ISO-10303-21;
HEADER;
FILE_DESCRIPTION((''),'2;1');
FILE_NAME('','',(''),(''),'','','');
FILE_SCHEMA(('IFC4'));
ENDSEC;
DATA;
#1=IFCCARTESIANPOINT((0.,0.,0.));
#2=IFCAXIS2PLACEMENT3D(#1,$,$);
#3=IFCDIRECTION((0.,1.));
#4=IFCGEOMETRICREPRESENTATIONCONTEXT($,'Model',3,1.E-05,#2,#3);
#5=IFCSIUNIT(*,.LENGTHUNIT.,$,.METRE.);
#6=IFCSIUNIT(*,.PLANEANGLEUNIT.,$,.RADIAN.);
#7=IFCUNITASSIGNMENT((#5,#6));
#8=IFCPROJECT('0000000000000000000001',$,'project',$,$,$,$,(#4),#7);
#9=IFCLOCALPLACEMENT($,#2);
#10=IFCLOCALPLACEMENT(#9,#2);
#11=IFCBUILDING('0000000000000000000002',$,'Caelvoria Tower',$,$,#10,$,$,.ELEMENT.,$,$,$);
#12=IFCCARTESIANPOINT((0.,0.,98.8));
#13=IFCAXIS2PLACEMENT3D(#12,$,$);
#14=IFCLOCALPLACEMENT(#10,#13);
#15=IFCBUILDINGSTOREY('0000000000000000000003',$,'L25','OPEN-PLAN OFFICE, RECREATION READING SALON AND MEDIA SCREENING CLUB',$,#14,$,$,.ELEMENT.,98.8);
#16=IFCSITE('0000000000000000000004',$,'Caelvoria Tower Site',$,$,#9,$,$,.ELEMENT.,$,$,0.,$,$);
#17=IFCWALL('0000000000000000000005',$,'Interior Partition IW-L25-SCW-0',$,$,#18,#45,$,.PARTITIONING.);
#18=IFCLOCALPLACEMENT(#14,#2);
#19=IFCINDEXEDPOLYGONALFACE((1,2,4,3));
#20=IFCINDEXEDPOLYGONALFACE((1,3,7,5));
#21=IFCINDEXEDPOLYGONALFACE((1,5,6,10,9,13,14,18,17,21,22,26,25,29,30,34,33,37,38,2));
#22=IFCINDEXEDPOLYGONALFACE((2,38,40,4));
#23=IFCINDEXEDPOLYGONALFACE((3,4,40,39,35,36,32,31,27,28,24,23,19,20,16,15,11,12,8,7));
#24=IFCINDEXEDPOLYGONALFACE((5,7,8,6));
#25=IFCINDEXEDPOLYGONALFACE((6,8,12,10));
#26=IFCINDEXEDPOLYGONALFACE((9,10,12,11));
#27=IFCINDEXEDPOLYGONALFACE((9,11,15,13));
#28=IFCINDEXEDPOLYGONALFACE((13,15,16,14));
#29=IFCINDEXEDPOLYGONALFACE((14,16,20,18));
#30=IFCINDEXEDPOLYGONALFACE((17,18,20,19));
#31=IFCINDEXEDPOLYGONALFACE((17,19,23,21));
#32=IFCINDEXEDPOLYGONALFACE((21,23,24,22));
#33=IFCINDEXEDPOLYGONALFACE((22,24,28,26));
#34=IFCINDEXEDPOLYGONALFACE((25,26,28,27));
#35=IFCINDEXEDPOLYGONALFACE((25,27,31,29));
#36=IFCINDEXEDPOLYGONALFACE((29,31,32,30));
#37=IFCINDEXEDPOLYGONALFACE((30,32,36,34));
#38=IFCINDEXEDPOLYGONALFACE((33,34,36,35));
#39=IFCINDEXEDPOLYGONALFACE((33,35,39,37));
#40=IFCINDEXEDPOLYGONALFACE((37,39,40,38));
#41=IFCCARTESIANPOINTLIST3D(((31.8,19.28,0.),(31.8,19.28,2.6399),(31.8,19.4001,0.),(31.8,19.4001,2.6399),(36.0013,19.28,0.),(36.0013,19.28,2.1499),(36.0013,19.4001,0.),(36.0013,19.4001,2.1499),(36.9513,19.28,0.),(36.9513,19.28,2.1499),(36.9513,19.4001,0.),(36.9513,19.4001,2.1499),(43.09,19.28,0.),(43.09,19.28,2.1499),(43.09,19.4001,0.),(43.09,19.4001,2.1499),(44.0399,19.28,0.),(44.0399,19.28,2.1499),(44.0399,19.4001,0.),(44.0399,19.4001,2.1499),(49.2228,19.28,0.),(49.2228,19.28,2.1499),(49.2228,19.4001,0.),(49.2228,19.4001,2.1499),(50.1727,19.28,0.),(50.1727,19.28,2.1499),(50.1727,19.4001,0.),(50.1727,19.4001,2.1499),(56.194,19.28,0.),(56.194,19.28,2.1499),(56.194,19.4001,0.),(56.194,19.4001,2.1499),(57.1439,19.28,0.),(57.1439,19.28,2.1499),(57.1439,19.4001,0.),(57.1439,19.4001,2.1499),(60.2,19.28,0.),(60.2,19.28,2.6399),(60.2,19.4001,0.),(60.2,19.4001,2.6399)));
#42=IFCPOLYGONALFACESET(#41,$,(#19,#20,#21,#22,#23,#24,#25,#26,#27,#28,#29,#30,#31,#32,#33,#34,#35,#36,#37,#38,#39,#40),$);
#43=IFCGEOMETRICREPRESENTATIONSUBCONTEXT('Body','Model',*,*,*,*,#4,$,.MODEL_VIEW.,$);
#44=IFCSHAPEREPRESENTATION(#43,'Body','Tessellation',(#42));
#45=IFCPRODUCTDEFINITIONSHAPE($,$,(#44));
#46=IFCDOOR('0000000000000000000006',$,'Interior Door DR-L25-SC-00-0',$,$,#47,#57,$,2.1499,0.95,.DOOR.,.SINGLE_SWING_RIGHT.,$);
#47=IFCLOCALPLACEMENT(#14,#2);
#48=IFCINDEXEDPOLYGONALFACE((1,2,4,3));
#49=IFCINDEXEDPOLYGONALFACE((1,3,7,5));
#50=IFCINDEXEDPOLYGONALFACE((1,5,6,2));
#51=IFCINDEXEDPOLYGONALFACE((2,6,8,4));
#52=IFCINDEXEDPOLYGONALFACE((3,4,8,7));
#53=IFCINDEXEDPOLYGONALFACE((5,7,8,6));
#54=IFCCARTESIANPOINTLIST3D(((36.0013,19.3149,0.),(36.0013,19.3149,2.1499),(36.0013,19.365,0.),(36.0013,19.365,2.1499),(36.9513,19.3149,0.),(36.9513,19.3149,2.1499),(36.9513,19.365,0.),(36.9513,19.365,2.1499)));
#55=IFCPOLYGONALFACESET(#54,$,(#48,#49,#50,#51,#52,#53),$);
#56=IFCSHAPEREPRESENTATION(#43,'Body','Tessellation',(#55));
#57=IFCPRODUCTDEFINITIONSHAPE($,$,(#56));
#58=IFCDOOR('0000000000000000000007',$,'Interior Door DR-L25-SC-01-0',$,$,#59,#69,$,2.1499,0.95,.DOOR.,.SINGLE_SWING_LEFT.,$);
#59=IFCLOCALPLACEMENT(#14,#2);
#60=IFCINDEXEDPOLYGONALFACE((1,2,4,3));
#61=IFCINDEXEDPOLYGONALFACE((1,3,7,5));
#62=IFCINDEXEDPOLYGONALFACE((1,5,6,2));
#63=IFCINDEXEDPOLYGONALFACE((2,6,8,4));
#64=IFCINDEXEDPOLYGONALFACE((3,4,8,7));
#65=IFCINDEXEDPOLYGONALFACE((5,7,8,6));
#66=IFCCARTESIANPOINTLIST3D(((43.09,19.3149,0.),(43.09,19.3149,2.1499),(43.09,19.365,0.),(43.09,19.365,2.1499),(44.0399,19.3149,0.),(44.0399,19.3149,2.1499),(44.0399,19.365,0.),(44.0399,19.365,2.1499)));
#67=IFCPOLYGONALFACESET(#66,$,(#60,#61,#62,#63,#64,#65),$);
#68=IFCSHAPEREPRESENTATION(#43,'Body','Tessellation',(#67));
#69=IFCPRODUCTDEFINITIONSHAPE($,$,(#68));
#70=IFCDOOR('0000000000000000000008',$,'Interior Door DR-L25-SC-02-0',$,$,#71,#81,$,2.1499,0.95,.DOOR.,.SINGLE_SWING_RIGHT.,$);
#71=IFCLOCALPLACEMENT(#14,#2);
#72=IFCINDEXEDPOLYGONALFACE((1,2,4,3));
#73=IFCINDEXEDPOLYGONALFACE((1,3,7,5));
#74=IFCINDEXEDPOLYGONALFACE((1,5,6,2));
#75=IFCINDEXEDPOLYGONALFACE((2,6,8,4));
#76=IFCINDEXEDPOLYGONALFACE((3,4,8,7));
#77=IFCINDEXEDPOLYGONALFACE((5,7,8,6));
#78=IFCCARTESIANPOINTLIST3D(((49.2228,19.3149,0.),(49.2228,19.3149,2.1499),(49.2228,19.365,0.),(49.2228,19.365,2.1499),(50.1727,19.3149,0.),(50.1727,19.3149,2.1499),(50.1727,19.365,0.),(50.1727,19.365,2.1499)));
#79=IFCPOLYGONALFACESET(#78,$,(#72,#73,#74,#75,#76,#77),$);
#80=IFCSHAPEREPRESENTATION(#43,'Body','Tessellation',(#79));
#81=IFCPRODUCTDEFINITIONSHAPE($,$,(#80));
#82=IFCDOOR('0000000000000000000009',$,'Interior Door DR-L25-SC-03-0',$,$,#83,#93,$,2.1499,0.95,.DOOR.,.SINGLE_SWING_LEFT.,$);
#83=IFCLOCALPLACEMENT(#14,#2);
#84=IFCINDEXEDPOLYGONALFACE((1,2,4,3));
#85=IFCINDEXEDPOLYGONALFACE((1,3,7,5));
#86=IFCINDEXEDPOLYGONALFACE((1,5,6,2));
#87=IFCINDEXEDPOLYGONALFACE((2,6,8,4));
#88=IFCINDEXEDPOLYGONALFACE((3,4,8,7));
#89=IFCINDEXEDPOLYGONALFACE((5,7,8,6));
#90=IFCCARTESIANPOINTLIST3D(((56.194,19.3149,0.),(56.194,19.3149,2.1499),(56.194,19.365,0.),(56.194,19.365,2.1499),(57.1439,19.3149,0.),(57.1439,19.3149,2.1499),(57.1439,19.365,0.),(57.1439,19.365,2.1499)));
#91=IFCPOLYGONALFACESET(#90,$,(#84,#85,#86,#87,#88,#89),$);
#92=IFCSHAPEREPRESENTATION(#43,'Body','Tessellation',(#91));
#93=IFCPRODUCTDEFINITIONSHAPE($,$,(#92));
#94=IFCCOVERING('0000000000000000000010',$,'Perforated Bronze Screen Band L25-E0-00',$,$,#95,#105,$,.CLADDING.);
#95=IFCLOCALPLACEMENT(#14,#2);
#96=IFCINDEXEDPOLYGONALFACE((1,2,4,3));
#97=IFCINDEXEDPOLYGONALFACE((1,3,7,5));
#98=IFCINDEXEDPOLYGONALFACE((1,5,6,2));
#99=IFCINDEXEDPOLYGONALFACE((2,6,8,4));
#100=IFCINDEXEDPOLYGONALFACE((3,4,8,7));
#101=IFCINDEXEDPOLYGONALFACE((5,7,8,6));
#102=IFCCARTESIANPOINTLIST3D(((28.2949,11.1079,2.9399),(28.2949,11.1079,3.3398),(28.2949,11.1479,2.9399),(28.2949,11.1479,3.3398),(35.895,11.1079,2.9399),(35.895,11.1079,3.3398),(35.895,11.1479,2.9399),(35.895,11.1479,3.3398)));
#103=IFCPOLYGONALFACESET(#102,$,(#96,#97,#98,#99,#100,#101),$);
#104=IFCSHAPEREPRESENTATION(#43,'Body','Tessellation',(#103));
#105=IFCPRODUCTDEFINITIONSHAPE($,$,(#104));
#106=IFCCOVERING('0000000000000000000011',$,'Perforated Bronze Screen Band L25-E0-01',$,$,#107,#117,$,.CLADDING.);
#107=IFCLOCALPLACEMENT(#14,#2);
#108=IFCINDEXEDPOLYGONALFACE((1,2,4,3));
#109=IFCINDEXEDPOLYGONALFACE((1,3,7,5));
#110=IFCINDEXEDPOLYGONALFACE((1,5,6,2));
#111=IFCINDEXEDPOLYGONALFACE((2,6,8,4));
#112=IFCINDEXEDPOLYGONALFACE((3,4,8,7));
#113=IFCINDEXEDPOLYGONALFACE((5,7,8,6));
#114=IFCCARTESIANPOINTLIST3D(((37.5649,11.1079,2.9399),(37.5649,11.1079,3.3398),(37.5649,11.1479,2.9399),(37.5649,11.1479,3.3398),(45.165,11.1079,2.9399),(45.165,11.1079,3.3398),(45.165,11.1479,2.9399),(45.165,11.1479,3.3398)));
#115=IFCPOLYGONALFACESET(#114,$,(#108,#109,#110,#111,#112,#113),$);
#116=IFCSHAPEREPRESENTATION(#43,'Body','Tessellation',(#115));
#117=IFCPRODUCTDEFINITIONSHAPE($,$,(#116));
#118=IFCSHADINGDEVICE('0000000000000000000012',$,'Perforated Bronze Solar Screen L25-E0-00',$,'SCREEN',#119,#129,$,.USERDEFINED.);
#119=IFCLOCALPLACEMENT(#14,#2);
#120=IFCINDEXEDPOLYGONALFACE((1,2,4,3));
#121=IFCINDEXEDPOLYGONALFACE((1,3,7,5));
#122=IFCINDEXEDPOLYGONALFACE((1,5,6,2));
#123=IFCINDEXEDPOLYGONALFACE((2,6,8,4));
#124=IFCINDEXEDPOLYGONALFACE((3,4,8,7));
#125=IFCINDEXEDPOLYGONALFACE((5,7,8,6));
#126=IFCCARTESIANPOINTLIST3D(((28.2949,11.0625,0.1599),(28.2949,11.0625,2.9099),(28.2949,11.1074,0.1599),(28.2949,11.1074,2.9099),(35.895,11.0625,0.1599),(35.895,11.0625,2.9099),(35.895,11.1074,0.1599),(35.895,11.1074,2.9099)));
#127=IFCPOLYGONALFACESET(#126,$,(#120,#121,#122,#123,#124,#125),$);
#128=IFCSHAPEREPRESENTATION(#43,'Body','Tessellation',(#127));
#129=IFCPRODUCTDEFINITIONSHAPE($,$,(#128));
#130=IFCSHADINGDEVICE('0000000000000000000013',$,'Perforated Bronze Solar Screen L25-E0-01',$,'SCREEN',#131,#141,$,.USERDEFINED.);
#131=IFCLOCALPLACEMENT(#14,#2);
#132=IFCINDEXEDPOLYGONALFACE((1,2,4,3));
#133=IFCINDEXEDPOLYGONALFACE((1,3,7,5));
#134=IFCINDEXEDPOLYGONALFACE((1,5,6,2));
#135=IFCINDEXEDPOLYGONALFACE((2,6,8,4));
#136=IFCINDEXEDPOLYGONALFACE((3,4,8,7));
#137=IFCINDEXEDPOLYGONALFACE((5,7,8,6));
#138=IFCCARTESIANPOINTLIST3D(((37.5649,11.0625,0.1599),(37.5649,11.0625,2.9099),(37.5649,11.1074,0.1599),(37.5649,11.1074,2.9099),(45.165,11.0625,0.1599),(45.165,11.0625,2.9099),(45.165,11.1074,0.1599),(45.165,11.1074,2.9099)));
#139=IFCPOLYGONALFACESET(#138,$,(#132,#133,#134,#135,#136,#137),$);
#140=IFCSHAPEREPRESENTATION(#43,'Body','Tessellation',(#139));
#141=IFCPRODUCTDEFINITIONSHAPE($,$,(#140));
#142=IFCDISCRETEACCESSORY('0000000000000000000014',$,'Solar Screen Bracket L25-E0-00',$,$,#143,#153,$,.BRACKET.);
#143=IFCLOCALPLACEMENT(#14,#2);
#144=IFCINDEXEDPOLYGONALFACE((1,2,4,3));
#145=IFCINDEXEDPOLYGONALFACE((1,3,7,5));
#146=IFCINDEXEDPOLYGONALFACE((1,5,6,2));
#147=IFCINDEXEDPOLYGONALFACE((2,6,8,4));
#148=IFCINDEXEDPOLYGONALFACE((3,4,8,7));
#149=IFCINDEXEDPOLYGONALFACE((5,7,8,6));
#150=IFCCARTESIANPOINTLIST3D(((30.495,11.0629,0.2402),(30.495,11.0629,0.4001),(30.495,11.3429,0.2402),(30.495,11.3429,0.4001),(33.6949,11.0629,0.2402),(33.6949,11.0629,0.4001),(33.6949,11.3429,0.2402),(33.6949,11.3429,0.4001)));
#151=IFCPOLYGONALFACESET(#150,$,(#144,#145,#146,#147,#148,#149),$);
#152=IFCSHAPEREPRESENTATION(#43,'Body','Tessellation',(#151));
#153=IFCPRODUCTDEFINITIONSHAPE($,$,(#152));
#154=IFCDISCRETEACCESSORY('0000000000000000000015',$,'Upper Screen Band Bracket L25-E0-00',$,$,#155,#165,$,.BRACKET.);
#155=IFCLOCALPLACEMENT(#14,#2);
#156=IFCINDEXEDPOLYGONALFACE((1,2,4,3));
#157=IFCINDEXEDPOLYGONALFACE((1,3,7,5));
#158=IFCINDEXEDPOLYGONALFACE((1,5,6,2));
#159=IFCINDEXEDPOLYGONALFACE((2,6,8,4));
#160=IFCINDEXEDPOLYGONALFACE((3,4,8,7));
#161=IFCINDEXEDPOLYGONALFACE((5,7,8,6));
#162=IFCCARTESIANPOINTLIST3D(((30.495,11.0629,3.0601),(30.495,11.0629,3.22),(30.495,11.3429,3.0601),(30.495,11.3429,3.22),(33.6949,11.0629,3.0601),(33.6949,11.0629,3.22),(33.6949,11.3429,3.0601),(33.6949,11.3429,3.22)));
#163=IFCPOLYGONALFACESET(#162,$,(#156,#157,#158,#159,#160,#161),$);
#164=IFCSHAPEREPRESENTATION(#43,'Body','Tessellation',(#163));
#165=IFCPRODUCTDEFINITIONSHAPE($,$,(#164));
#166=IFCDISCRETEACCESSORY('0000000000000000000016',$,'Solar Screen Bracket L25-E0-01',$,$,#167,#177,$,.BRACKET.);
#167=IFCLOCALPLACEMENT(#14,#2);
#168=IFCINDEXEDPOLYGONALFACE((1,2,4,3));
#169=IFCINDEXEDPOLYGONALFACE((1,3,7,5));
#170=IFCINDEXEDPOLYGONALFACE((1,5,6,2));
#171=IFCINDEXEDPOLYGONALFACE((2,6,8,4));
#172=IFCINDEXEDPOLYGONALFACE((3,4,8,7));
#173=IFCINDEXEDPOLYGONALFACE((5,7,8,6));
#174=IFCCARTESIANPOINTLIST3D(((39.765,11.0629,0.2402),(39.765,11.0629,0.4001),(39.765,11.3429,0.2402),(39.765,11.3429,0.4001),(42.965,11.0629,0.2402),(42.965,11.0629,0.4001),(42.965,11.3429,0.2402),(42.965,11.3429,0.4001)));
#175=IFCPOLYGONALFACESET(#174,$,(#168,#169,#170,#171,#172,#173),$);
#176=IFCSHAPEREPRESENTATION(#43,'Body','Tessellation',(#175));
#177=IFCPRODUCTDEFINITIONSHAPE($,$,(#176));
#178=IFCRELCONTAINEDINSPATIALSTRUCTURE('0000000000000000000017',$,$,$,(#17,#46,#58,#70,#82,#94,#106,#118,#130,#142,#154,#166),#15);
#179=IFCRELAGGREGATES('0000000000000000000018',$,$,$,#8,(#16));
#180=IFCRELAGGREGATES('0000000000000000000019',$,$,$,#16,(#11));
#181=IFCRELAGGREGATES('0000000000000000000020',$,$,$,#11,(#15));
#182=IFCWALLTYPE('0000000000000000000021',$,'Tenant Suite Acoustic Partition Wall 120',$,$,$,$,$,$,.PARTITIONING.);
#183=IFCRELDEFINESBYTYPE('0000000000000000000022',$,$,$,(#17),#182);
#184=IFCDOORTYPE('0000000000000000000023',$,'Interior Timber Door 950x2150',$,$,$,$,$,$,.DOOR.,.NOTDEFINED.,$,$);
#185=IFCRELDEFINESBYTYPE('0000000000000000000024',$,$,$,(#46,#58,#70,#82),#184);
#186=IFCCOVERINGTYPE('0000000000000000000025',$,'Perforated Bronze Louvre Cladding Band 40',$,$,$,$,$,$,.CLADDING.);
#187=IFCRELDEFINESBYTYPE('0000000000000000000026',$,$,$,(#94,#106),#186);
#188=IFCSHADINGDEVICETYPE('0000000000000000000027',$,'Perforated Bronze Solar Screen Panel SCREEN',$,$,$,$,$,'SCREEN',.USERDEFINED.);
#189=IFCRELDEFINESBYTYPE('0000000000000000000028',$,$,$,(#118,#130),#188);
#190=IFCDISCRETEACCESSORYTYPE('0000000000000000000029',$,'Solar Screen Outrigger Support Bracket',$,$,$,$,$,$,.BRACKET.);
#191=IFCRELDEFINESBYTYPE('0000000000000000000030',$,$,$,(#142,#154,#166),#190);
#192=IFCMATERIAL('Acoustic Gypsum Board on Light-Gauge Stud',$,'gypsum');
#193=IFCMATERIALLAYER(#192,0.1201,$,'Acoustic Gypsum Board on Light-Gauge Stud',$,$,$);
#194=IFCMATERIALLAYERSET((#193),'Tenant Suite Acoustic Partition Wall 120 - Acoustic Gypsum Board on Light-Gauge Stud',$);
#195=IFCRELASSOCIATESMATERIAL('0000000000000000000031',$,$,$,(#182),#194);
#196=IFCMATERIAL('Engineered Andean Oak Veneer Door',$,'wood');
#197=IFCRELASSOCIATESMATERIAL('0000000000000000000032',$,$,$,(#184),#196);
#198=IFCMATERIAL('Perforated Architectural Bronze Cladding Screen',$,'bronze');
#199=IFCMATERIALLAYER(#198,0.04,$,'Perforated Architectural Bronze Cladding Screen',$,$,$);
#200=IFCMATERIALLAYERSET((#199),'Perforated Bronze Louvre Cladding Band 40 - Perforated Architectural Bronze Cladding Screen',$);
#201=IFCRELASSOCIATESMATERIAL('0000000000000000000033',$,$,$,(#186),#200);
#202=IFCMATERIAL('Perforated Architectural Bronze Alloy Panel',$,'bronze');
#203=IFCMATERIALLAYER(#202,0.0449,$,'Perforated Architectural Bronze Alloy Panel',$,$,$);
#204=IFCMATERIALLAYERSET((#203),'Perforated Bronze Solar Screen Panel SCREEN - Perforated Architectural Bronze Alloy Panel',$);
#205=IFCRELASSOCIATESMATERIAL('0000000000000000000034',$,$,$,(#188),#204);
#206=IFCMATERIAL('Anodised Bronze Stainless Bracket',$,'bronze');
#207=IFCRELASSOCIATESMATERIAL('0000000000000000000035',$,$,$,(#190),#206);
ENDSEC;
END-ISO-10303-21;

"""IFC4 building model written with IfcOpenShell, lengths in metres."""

from ifc_helpers import new_model, si_unit, direction, frame, frame_2d, origin, origin_2d, place, context, subcontext, project, spatial, rectangle, extrude, material, layer, layer_set, type_object, element, fill, save


model = new_model("IFC4")

# Units and contexts
model_context = context("Model", 3, precision=1e-05, world=origin(), true_north=direction((0.0, 1.0)))
body_context = subcontext(model_context, "Body", "Model", "MODEL_VIEW")
ifc_project = project(units=[si_unit("LENGTHUNIT", "METRE"), si_unit("PLANEANGLEUNIT", "RADIAN")], contexts=[model_context])

# Site, building, storey
site_placement = place(None, origin())
site = spatial("IfcSite", under=ifc_project, at=site_placement, Name="Caelvoria Tower Site", CompositionType="ELEMENT", RefElevation=0.0)
building_placement = place(site_placement, origin())
building = spatial("IfcBuilding", under=site, at=building_placement, Name="Caelvoria Tower", CompositionType="ELEMENT")
storey_placement = place(building_placement, frame((0.0, 0.0, 98.8)))
storey = spatial("IfcBuildingStorey", under=building, at=storey_placement, Name="L25", Description="OPEN-PLAN OFFICE, RECREATION READING SALON AND MEDIA SCREENING CLUB", CompositionType="ELEMENT", Elevation=98.8)

# Wall, openings, doors
ifc_material_1 = material(Name="Acoustic Gypsum Board on Light-Gauge Stud", Category="gypsum")
ifc_layer_1 = layer(ifc_material_1, 0.1201, Name="Acoustic Gypsum Board on Light-Gauge Stud")
ifc_layer_set_1 = layer_set([ifc_layer_1], Name="Tenant Suite Acoustic Partition Wall 120 - Acoustic Gypsum Board on Light-Gauge Stud")
wall_type = type_object("IfcWallType", Name="Tenant Suite Acoustic Partition Wall 120", PredefinedType="PARTITIONING", material=ifc_layer_set_1)
wall_placement = place(storey_placement, frame((31.8, 19.3401, 0.0), z_axis=(0.0, 0.0, 1.0), x_axis=(1.0, 0.0, 0.0)))
wall = element("IfcWall", 1, at=wall_placement, inside=storey, type_object=wall_type, Name="Interior Partition IW-L25-SCW-0", PredefinedType="PARTITIONING", context=body_context, shape_type="SweptSolid", body=[
    extrude(rectangle(XDim=28.3999, YDim=0.1201, at=frame_2d((14.2, 0.0))), origin(), (0.0, 0.0, 1.0), 2.6399),
])
opening_1_placement = place(wall_placement, frame((4.2012, 0.0, 0.0)))
opening_1 = element("IfcOpeningElement", 2, at=opening_1_placement, cuts=wall, PredefinedType="OPENING", context=body_context, shape_type="SweptSolid", body=[
    extrude(rectangle(XDim=0.95, YDim=2.1499, at=frame_2d((0.4751, 1.075))), frame((0.0, 0.0701, 0.0), z_axis=(0.0, -1.0, 0.0), x_axis=(1.0, 0.0, 0.0)), (0.0, 0.0, 1.0), 0.1401),
])
opening_2_placement = place(wall_placement, frame((11.2898, 0.0, 0.0)))
opening_2 = element("IfcOpeningElement", 3, at=opening_2_placement, cuts=wall, PredefinedType="OPENING", context=body_context, shape_type="SweptSolid", body=[
    extrude(rectangle(XDim=0.95, YDim=2.1499, at=frame_2d((0.4751, 1.075))), frame((0.0, 0.0701, 0.0), z_axis=(0.0, -1.0, 0.0), x_axis=(1.0, 0.0, 0.0)), (0.0, 0.0, 1.0), 0.1401),
])
opening_3_placement = place(wall_placement, frame((17.4226, 0.0, 0.0)))
opening_3 = element("IfcOpeningElement", 4, at=opening_3_placement, cuts=wall, PredefinedType="OPENING", context=body_context, shape_type="SweptSolid", body=[
    extrude(rectangle(XDim=0.95, YDim=2.1499, at=frame_2d((0.4751, 1.075))), frame((0.0, 0.0701, 0.0), z_axis=(0.0, -1.0, 0.0), x_axis=(1.0, 0.0, 0.0)), (0.0, 0.0, 1.0), 0.1401),
])
opening_4_placement = place(wall_placement, frame((24.3938, 0.0, 0.0)))
opening_4 = element("IfcOpeningElement", 5, at=opening_4_placement, cuts=wall, PredefinedType="OPENING", context=body_context, shape_type="SweptSolid", body=[
    extrude(rectangle(XDim=0.95, YDim=2.1499, at=frame_2d((0.4751, 1.075))), frame((0.0, 0.0701, 0.0), z_axis=(0.0, -1.0, 0.0), x_axis=(1.0, 0.0, 0.0)), (0.0, 0.0, 1.0), 0.1401),
])
ifc_material_2 = material(Name="Engineered Andean Oak Veneer Door", Category="wood")
door_type = type_object("IfcDoorType", Name="Interior Timber Door 950x2150", OperationType="NOTDEFINED", PredefinedType="DOOR", material=ifc_material_2)
door_1_placement = place(opening_1_placement, origin())
door_1 = element("IfcDoor", 6, at=door_1_placement, inside=storey, type_object=door_type, Name="Interior Door DR-L25-SC-00-0", OperationType="SINGLE_SWING_RIGHT", OverallHeight=2.1499, OverallWidth=0.95, PredefinedType="DOOR", context=body_context, shape_type="SweptSolid", body=[
    extrude(rectangle(XDim=0.95, YDim=2.1499, at=frame_2d((0.4751, 1.075))), frame((0.0, 0.0249, 0.0), z_axis=(0.0, -1.0, 0.0), x_axis=(1.0, 0.0, 0.0)), (0.0, 0.0, 1.0), 0.05),
])
fill(opening_1, door_1)
door_2_placement = place(opening_2_placement, origin())
door_2 = element("IfcDoor", 7, at=door_2_placement, inside=storey, type_object=door_type, Name="Interior Door DR-L25-SC-01-0", OperationType="SINGLE_SWING_LEFT", OverallHeight=2.1499, OverallWidth=0.95, PredefinedType="DOOR", context=body_context, shape_type="SweptSolid", body=[
    extrude(rectangle(XDim=0.95, YDim=2.1499, at=frame_2d((0.4751, 1.075))), frame((0.0, 0.0249, 0.0), z_axis=(0.0, -1.0, 0.0), x_axis=(1.0, 0.0, 0.0)), (0.0, 0.0, 1.0), 0.05),
])
fill(opening_2, door_2)
door_3_placement = place(opening_3_placement, origin())
door_3 = element("IfcDoor", 8, at=door_3_placement, inside=storey, type_object=door_type, Name="Interior Door DR-L25-SC-02-0", OperationType="SINGLE_SWING_RIGHT", OverallHeight=2.1499, OverallWidth=0.95, PredefinedType="DOOR", context=body_context, shape_type="SweptSolid", body=[
    extrude(rectangle(XDim=0.95, YDim=2.1499, at=frame_2d((0.4751, 1.075))), frame((0.0, 0.0249, 0.0), z_axis=(0.0, -1.0, 0.0), x_axis=(1.0, 0.0, 0.0)), (0.0, 0.0, 1.0), 0.05),
])
fill(opening_3, door_3)
door_4_placement = place(opening_4_placement, origin())
door_4 = element("IfcDoor", 9, at=door_4_placement, inside=storey, type_object=door_type, Name="Interior Door DR-L25-SC-03-0", OperationType="SINGLE_SWING_LEFT", OverallHeight=2.1499, OverallWidth=0.95, PredefinedType="DOOR", context=body_context, shape_type="SweptSolid", body=[
    extrude(rectangle(XDim=0.95, YDim=2.1499, at=frame_2d((0.4751, 1.075))), frame((0.0, 0.0249, 0.0), z_axis=(0.0, -1.0, 0.0), x_axis=(1.0, 0.0, 0.0)), (0.0, 0.0, 1.0), 0.05),
])
fill(opening_4, door_4)

# Coverings
ifc_material_3 = material(Name="Perforated Architectural Bronze Cladding Screen", Category="bronze")
ifc_layer_2 = layer(ifc_material_3, 0.04, Name="Perforated Architectural Bronze Cladding Screen")
ifc_layer_set_2 = layer_set([ifc_layer_2], Name="Perforated Bronze Louvre Cladding Band 40 - Perforated Architectural Bronze Cladding Screen")
covering_type = type_object("IfcCoveringType", Name="Perforated Bronze Louvre Cladding Band 40", PredefinedType="CLADDING", material=ifc_layer_set_2)
for number, where, z_axis, x_axis, name in (
    (10, (32.095, 11.1279, 2.9399), (0.0, 0.0, 1.0), (1.0, 0.0, 0.0), "Perforated Bronze Screen Band L25-E0-00"),
    (11, (41.365, 11.1279, 2.9399), (0.0, 0.0, 1.0), (1.0, 0.0, 0.0), "Perforated Bronze Screen Band L25-E0-01"),
):
    element("IfcCovering", number, at=place(storey_placement, frame(where, z_axis=z_axis, x_axis=x_axis)), inside=storey, type_object=covering_type, Name=name, PredefinedType="CLADDING", context=body_context, shape_type="SweptSolid", body=[
        extrude(rectangle(XDim=7.6001, YDim=0.04, at=origin_2d()), origin(), (0.0, 0.0, 1.0), 0.3999),
    ])

# Shading devices
ifc_material_4 = material(Name="Perforated Architectural Bronze Alloy Panel", Category="bronze")
ifc_layer_3 = layer(ifc_material_4, 0.0449, Name="Perforated Architectural Bronze Alloy Panel")
ifc_layer_set_3 = layer_set([ifc_layer_3], Name="Perforated Bronze Solar Screen Panel SCREEN - Perforated Architectural Bronze Alloy Panel")
shading_device_type = type_object("IfcShadingDeviceType", Name="Perforated Bronze Solar Screen Panel SCREEN", ElementType="SCREEN", PredefinedType="USERDEFINED", material=ifc_layer_set_3)
for number, where, z_axis, x_axis, name in (
    (12, (32.095, 11.085, 0.1599), (0.0, 0.0, 1.0), (1.0, 0.0, 0.0), "Perforated Bronze Solar Screen L25-E0-00"),
    (13, (41.365, 11.085, 0.1599), (0.0, 0.0, 1.0), (1.0, 0.0, 0.0), "Perforated Bronze Solar Screen L25-E0-01"),
):
    element("IfcShadingDevice", number, at=place(storey_placement, frame(where, z_axis=z_axis, x_axis=x_axis)), inside=storey, type_object=shading_device_type, Name=name, ObjectType="SCREEN", PredefinedType="USERDEFINED", context=body_context, shape_type="SweptSolid", body=[
        extrude(rectangle(XDim=7.6001, YDim=0.0449, at=origin_2d()), origin(), (0.0, 0.0, 1.0), 2.75),
    ])

# Discrete accessories
ifc_material_5 = material(Name="Anodised Bronze Stainless Bracket", Category="bronze")
discrete_accessory_type = type_object("IfcDiscreteAccessoryType", Name="Solar Screen Outrigger Support Bracket", PredefinedType="BRACKET", material=ifc_material_5)
for number, where, z_axis, x_axis, name in (
    (14, (32.095, 11.2029, 0.2402), (0.0, 0.0, 1.0), (1.0, 0.0, 0.0), "Solar Screen Bracket L25-E0-00"),
    (15, (32.095, 11.2029, 3.0601), (0.0, 0.0, 1.0), (1.0, 0.0, 0.0), "Upper Screen Band Bracket L25-E0-00"),
    (16, (41.365, 11.2029, 0.2402), (0.0, 0.0, 1.0), (1.0, 0.0, 0.0), "Solar Screen Bracket L25-E0-01"),
):
    element("IfcDiscreteAccessory", number, at=place(storey_placement, frame(where, z_axis=z_axis, x_axis=x_axis)), inside=storey, type_object=discrete_accessory_type, Name=name, PredefinedType="BRACKET", context=body_context, shape_type="SweptSolid", body=[
        extrude(rectangle(XDim=3.2, YDim=0.28, at=origin_2d()), origin(), (0.0, 0.0, 1.0), 0.1599),
    ])

save(model, "model.ifc")
